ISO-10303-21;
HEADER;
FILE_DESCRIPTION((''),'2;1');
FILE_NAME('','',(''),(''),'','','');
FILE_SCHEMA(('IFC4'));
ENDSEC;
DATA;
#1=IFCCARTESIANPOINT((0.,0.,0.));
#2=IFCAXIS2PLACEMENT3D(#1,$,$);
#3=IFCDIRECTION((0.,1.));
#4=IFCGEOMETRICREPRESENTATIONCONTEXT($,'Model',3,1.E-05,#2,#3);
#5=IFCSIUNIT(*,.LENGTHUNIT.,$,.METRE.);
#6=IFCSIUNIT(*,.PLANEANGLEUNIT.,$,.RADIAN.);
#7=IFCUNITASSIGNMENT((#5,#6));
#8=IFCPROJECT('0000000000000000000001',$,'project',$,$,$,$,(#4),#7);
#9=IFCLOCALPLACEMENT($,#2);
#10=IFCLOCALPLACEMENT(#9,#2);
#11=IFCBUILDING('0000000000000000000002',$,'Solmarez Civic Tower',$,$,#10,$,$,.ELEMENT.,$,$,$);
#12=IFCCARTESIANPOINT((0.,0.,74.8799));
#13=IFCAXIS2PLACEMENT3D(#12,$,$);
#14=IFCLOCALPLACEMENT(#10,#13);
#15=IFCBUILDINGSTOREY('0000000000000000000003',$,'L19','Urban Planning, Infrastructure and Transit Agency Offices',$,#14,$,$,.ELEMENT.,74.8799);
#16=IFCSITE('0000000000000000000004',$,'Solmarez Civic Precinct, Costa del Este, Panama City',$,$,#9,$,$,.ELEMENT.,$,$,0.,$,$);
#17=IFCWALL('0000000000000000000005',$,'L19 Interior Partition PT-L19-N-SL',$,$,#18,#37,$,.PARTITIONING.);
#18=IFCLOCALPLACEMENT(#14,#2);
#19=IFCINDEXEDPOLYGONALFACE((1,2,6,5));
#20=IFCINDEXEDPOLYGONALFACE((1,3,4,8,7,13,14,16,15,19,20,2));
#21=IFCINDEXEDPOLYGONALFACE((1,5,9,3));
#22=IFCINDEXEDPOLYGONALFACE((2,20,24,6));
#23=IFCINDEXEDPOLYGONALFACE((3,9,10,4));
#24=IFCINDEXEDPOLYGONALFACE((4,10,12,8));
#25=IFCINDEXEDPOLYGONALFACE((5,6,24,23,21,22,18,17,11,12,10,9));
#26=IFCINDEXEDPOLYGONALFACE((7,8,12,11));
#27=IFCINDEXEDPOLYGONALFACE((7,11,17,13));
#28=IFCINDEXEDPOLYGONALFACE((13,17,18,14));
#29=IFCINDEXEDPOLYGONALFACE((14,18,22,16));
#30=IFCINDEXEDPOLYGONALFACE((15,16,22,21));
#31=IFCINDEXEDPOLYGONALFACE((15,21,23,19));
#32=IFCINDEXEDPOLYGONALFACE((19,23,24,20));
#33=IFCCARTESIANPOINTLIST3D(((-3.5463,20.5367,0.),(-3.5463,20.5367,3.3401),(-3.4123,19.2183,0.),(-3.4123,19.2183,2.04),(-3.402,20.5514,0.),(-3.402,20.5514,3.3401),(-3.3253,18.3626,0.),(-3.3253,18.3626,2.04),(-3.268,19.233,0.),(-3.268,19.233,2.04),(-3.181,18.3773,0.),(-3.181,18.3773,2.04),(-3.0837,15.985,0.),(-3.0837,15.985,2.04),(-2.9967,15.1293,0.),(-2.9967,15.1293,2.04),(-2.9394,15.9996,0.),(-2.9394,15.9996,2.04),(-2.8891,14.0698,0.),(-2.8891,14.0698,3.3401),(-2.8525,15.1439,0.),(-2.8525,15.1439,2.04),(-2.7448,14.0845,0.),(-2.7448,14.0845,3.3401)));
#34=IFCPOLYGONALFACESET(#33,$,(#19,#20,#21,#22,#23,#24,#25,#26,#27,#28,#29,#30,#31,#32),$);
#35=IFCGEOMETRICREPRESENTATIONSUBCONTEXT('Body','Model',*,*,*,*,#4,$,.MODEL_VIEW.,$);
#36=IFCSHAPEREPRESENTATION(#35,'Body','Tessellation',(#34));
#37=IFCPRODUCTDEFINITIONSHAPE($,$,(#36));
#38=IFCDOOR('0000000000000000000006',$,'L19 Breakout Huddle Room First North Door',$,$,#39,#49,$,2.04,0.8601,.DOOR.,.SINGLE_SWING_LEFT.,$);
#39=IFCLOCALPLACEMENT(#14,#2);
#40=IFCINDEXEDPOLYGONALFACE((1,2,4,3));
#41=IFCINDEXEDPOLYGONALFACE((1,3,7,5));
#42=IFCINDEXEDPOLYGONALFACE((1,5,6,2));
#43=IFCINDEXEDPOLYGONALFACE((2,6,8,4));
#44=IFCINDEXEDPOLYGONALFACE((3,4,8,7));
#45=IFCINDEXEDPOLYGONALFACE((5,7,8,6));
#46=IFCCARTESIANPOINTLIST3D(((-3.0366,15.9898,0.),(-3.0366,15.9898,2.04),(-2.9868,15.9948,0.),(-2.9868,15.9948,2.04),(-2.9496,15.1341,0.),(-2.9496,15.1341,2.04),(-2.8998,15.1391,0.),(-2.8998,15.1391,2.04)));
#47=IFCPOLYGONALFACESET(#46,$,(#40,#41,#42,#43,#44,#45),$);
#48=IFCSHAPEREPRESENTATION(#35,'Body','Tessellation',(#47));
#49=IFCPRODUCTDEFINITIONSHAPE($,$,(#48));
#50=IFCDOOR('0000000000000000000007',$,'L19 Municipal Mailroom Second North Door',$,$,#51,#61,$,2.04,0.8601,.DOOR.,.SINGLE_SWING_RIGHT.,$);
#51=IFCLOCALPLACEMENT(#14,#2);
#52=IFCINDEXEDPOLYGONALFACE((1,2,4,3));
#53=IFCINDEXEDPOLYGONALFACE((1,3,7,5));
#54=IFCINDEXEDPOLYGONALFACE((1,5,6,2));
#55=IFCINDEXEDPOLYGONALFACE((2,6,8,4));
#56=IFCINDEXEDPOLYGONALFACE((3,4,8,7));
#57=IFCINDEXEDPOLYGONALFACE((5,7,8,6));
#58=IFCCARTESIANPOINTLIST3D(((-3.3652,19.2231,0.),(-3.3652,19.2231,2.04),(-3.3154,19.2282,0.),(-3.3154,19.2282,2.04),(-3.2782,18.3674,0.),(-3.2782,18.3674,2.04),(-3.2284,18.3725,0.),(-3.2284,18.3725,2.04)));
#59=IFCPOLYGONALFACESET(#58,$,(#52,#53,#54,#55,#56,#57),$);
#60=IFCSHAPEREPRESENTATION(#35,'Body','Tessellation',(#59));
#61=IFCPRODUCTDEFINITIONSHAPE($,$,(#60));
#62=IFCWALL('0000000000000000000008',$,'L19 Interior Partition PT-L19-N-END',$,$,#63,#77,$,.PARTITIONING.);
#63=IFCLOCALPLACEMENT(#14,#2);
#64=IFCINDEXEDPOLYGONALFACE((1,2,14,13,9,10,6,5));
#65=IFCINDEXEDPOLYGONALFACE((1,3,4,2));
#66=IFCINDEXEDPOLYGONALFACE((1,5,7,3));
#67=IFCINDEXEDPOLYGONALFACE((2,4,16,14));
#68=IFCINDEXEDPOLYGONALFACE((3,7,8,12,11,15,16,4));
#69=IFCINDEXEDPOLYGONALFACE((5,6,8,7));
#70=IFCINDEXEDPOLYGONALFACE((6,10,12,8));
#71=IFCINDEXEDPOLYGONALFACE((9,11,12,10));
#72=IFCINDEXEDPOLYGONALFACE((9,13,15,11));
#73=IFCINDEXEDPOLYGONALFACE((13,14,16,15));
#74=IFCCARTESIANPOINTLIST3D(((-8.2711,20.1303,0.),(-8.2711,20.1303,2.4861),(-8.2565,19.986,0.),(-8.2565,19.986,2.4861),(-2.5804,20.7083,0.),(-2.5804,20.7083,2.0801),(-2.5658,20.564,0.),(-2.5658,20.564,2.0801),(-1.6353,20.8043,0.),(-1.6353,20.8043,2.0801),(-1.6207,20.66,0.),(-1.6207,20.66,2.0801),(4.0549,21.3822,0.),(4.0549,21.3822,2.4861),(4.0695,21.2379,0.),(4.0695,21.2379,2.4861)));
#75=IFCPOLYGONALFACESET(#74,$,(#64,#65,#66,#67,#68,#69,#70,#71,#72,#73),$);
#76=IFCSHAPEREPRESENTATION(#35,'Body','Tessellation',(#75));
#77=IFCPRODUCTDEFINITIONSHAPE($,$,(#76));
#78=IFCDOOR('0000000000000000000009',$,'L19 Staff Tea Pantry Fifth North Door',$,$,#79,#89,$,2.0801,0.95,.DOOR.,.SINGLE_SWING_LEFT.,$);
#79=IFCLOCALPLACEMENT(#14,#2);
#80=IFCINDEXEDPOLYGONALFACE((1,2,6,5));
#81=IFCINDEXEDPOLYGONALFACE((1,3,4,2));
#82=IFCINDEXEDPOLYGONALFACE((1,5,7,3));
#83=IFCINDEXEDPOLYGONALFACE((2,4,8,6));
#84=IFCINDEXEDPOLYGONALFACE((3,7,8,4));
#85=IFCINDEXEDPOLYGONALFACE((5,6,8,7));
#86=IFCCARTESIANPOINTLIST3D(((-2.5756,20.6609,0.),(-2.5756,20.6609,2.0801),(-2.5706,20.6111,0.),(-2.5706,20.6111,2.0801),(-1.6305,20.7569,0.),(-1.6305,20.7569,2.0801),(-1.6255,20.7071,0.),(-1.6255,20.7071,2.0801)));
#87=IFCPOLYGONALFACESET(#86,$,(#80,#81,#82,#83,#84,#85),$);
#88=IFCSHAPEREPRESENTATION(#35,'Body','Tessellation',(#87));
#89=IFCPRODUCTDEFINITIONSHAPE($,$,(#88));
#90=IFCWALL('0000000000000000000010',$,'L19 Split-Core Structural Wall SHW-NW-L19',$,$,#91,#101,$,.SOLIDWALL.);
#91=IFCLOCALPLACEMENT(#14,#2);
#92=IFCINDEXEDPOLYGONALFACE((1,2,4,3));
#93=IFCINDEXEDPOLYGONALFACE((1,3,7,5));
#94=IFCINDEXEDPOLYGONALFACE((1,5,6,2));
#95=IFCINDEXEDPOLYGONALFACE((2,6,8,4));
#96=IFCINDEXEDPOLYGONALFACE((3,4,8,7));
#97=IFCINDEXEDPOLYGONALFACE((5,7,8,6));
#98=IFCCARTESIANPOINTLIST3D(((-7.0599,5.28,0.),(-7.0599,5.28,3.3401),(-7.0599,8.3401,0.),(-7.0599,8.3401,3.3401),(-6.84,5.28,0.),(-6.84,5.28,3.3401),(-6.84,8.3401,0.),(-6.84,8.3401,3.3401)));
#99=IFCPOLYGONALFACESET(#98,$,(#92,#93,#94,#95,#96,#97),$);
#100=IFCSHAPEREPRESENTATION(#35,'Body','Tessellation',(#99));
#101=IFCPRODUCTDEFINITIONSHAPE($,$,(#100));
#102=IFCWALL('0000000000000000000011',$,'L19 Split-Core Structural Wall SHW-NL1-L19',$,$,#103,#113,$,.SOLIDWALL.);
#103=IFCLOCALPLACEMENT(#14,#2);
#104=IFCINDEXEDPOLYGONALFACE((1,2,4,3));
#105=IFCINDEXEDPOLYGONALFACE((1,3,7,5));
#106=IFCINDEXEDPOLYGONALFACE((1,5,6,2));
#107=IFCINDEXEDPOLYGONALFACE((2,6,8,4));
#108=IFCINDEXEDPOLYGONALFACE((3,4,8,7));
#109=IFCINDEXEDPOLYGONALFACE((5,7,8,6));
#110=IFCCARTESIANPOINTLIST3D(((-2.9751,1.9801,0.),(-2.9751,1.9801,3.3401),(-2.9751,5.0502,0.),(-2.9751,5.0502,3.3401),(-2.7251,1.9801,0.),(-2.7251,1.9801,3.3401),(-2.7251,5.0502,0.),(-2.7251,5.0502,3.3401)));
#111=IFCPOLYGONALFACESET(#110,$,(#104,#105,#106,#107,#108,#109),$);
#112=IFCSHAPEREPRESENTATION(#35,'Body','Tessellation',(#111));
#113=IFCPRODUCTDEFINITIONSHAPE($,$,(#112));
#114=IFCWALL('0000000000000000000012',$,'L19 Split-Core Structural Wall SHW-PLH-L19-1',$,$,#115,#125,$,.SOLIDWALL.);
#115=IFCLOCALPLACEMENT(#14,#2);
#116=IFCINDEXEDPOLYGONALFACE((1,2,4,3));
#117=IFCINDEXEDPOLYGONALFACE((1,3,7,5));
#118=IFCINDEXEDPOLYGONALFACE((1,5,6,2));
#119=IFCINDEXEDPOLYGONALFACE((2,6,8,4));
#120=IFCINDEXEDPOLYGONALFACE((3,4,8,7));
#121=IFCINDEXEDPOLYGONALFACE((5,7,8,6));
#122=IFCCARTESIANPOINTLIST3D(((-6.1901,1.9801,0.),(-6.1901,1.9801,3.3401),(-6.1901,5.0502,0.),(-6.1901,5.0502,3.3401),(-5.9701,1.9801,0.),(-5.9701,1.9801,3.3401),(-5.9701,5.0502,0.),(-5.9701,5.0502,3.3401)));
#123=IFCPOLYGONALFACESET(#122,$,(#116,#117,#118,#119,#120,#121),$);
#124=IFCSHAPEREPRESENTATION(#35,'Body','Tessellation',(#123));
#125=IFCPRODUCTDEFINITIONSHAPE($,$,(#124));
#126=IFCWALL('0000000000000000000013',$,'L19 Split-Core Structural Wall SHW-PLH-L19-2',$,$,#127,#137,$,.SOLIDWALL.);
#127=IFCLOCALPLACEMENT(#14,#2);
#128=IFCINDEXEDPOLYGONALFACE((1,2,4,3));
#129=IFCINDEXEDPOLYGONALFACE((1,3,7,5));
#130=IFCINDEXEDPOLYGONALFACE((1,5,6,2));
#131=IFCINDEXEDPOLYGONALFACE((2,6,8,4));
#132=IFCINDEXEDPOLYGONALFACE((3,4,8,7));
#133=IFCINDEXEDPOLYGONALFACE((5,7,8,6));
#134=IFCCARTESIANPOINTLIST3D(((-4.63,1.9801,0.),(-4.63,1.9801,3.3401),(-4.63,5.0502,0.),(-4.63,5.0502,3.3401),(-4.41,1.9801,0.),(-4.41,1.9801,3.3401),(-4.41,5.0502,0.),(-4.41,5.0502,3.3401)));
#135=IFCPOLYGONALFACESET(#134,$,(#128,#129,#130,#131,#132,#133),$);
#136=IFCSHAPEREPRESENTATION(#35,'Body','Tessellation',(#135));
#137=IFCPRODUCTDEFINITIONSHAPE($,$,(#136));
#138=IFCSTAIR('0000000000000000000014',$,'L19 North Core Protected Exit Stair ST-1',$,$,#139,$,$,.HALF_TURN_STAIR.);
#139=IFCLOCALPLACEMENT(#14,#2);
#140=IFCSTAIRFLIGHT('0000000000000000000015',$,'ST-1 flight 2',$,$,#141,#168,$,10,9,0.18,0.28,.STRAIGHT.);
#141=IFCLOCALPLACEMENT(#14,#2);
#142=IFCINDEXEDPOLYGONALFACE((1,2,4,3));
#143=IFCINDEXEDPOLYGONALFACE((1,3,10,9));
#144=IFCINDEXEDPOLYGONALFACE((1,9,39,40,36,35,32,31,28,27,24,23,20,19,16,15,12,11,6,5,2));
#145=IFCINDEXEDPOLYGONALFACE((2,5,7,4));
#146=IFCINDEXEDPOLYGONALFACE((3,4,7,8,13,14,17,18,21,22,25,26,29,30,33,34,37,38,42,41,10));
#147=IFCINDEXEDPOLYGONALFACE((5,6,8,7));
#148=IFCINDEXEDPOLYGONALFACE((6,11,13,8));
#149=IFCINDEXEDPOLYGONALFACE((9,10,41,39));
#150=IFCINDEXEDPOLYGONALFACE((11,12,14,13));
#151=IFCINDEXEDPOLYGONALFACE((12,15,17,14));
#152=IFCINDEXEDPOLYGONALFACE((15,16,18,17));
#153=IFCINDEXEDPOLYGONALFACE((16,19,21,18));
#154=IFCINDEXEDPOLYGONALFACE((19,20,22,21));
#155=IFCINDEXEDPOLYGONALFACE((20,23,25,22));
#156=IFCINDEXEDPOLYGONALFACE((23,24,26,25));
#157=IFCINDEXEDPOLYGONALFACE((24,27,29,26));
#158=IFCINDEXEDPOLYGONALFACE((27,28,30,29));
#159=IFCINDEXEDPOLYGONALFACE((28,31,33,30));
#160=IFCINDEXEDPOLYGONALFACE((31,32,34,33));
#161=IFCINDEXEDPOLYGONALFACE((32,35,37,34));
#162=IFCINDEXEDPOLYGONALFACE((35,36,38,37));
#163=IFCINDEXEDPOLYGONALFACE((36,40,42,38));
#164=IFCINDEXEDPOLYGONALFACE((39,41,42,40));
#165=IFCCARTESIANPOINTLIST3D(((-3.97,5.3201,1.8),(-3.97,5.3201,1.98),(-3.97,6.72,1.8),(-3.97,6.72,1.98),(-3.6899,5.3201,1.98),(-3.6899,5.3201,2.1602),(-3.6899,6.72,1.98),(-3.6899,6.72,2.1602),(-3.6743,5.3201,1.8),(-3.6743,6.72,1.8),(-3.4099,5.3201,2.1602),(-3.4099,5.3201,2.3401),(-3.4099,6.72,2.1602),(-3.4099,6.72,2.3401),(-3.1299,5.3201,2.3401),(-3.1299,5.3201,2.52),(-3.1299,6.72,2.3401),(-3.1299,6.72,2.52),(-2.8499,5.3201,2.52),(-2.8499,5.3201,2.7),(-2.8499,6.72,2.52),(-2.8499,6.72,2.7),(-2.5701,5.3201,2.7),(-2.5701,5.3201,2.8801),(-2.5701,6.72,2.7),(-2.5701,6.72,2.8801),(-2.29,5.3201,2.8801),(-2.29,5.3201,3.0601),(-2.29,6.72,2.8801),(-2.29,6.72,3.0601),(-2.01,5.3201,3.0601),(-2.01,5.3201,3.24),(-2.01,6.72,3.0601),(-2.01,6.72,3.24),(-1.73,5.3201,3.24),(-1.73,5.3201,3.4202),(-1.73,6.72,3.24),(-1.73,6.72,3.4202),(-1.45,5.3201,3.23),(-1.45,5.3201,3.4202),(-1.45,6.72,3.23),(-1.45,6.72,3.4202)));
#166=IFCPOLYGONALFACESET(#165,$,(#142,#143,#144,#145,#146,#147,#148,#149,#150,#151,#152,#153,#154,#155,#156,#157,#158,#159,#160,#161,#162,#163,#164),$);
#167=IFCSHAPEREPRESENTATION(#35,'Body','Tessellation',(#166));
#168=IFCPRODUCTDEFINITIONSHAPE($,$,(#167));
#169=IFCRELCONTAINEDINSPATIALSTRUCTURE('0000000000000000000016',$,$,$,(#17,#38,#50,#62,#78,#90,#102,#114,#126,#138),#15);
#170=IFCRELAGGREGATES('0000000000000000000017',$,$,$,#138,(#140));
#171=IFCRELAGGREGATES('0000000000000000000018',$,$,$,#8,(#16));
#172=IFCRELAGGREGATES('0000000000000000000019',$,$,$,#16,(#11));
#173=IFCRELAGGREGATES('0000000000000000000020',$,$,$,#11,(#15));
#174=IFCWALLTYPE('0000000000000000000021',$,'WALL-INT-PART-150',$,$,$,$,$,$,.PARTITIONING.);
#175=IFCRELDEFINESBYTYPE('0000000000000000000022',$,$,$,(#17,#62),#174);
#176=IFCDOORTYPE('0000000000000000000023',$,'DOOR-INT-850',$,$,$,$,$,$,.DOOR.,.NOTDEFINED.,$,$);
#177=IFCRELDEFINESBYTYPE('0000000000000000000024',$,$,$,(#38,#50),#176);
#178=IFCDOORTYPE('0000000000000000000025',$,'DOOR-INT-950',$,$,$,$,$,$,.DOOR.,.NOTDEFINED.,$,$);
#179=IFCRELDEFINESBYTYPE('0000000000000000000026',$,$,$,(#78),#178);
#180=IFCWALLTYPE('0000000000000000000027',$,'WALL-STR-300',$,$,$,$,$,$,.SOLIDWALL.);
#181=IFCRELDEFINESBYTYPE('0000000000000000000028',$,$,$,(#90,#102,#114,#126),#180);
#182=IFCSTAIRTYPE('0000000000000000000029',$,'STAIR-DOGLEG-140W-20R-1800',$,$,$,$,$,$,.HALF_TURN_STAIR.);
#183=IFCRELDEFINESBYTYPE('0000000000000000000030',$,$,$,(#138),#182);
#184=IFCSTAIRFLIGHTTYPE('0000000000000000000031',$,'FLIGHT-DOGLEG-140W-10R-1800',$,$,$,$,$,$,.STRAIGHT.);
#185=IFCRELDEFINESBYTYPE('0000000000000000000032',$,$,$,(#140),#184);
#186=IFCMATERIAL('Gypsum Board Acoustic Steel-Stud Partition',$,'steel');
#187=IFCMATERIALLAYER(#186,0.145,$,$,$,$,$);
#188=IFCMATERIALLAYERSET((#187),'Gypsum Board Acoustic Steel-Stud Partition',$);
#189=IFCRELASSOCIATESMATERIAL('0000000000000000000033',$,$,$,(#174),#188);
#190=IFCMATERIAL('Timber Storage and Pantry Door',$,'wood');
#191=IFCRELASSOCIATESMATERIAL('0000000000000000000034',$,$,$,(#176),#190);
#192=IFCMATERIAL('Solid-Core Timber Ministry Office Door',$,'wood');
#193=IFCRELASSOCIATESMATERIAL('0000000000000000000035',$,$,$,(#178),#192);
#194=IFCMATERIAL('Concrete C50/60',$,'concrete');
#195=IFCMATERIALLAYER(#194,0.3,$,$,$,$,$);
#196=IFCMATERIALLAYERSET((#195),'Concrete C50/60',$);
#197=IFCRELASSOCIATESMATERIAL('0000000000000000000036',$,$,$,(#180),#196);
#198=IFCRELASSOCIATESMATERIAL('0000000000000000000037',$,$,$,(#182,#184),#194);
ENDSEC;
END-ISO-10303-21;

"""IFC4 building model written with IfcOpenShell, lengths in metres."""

from ifc_helpers import new_model, si_unit, direction, frame, frame_2d, origin, place, context, subcontext, project, spatial, polyline, rectangle, outline, extrude, material, layer, layer_set, type_object, element, fill, aggregate, save


model = new_model("IFC4")

# Units and contexts
model_context = context("Model", 3, precision=1e-05, world=origin(), true_north=direction((0.0, 1.0)))
body_context = subcontext(model_context, "Body", "Model", "MODEL_VIEW")
ifc_project = project(units=[si_unit("LENGTHUNIT", "METRE"), si_unit("PLANEANGLEUNIT", "RADIAN")], contexts=[model_context])

# Site, building, storey
site_placement = place(None, origin())
site = spatial("IfcSite", under=ifc_project, at=site_placement, Name="Solmarez Civic Precinct, Costa del Este, Panama City", CompositionType="ELEMENT", RefElevation=0.0)
building_placement = place(site_placement, origin())
building = spatial("IfcBuilding", under=site, at=building_placement, Name="Solmarez Civic Tower", CompositionType="ELEMENT")
storey_placement = place(building_placement, frame((0.0, 0.0, 74.8799)))
storey = spatial("IfcBuildingStorey", under=building, at=storey_placement, Name="L19", Description="Urban Planning, Infrastructure and Transit Agency Offices", CompositionType="ELEMENT", Elevation=74.8799)

# Shared definitions
ifc_material_1 = material(Name="Gypsum Board Acoustic Steel-Stud Partition", Category="steel")
ifc_layer_1 = layer(ifc_material_1, 0.145)
ifc_layer_set_1 = layer_set([ifc_layer_1], Name="Gypsum Board Acoustic Steel-Stud Partition")
wall_type_1 = type_object("IfcWallType", Name="WALL-INT-PART-150", PredefinedType="PARTITIONING", material=ifc_layer_set_1)

# Wall, openings, doors
wall_1_placement = place(storey_placement, frame((-3.4741, 20.5439, 0.0), z_axis=(0.0, 0.0, 1.0), x_axis=(0.101106, -0.994876, 0.0)))
wall_1 = element("IfcWall", 1, at=wall_1_placement, inside=storey, type_object=wall_type_1, Name="L19 Interior Partition PT-L19-N-SL", PredefinedType="PARTITIONING", context=body_context, shape_type="SweptSolid", body=[
    extrude(rectangle(XDim=6.5002, YDim=0.145, at=frame_2d((3.25, 0.0))), origin(), (0.0, 0.0, 1.0), 3.3401),
])
opening_1_placement = place(wall_1_placement, frame((4.575, 0.0, 0.0)))
opening_1 = element("IfcOpeningElement", 2, at=opening_1_placement, cuts=wall_1, PredefinedType="OPENING", context=body_context, shape_type="SweptSolid", body=[
    extrude(rectangle(XDim=0.8601, YDim=2.04, at=frame_2d((0.4302, 1.02))), frame((0.0, 0.0825, 0.0), z_axis=(0.0, -1.0, 0.0), x_axis=(1.0, 0.0, 0.0)), (0.0, 0.0, 1.0), 0.165),
])
opening_2_placement = place(wall_1_placement, frame((1.325, 0.0, 0.0)))
opening_2 = element("IfcOpeningElement", 3, at=opening_2_placement, cuts=wall_1, PredefinedType="OPENING", context=body_context, shape_type="SweptSolid", body=[
    extrude(rectangle(XDim=0.8601, YDim=2.04, at=frame_2d((0.4302, 1.02))), frame((0.0, 0.0825, 0.0), z_axis=(0.0, -1.0, 0.0), x_axis=(1.0, 0.0, 0.0)), (0.0, 0.0, 1.0), 0.165),
])
ifc_material_2 = material(Name="Timber Storage and Pantry Door", Category="wood")
door_type_1 = type_object("IfcDoorType", Name="DOOR-INT-850", OperationType="NOTDEFINED", PredefinedType="DOOR", material=ifc_material_2)
door_1_placement = place(opening_1_placement, origin())
door_1 = element("IfcDoor", 4, at=door_1_placement, inside=storey, type_object=door_type_1, Name="L19 Breakout Huddle Room First North Door", OperationType="SINGLE_SWING_LEFT", OverallHeight=2.04, OverallWidth=0.8601, PredefinedType="DOOR", context=body_context, shape_type="SweptSolid", body=[
    extrude(rectangle(XDim=0.8601, YDim=2.04, at=frame_2d((0.4302, 1.02))), frame((0.0, 0.0249, 0.0), z_axis=(0.0, -1.0, 0.0), x_axis=(1.0, 0.0, 0.0)), (0.0, 0.0, 1.0), 0.05),
])
fill(opening_1, door_1)
door_2_placement = place(opening_2_placement, origin())
door_2 = element("IfcDoor", 5, at=door_2_placement, inside=storey, type_object=door_type_1, Name="L19 Municipal Mailroom Second North Door", OperationType="SINGLE_SWING_RIGHT", OverallHeight=2.04, OverallWidth=0.8601, PredefinedType="DOOR", context=body_context, shape_type="SweptSolid", body=[
    extrude(rectangle(XDim=0.8601, YDim=2.04, at=frame_2d((0.4302, 1.02))), frame((0.0, 0.0249, 0.0), z_axis=(0.0, -1.0, 0.0), x_axis=(1.0, 0.0, 0.0)), (0.0, 0.0, 1.0), 0.05),
])
fill(opening_2, door_2)

# Wall, opening, door
wall_2_placement = place(storey_placement, frame((-8.2639, 20.0581, 0.0), z_axis=(0.0, 0.0, 1.0), x_axis=(0.994881, 0.101051, 0.0)))
wall_2 = element("IfcWall", 6, at=wall_2_placement, inside=storey, type_object=wall_type_1, Name="L19 Interior Partition PT-L19-N-END", PredefinedType="PARTITIONING", context=body_context, shape_type="SweptSolid", body=[
    extrude(rectangle(XDim=12.3894, YDim=0.145, at=frame_2d((6.1948, 0.0))), origin(), (0.0, 0.0, 1.0), 2.4861),
])
opening_3_placement = place(wall_2_placement, frame((5.72, 0.0, 0.0)))
opening_3 = element("IfcOpeningElement", 7, at=opening_3_placement, cuts=wall_2, PredefinedType="OPENING", context=body_context, shape_type="SweptSolid", body=[
    extrude(rectangle(XDim=0.95, YDim=2.0801, at=frame_2d((0.4751, 1.04))), frame((0.0, 0.0825, 0.0), z_axis=(0.0, -1.0, 0.0), x_axis=(1.0, 0.0, 0.0)), (0.0, 0.0, 1.0), 0.165),
])
ifc_material_3 = material(Name="Solid-Core Timber Ministry Office Door", Category="wood")
door_type_2 = type_object("IfcDoorType", Name="DOOR-INT-950", OperationType="NOTDEFINED", PredefinedType="DOOR", material=ifc_material_3)
door_3_placement = place(opening_3_placement, origin())
door_3 = element("IfcDoor", 8, at=door_3_placement, inside=storey, type_object=door_type_2, Name="L19 Staff Tea Pantry Fifth North Door", OperationType="SINGLE_SWING_LEFT", OverallHeight=2.0801, OverallWidth=0.95, PredefinedType="DOOR", context=body_context, shape_type="SweptSolid", body=[
    extrude(rectangle(XDim=0.95, YDim=2.0801, at=frame_2d((0.4751, 1.04))), frame((0.0, 0.0249, 0.0), z_axis=(0.0, -1.0, 0.0), x_axis=(1.0, 0.0, 0.0)), (0.0, 0.0, 1.0), 0.05),
])
fill(opening_3, door_3)

# Walls
ifc_material_4 = material(Name="Concrete C50/60", Category="concrete")
ifc_layer_2 = layer(ifc_material_4, 0.3)
ifc_layer_set_2 = layer_set([ifc_layer_2], Name="Concrete C50/60")
wall_type_2 = type_object("IfcWallType", Name="WALL-STR-300", PredefinedType="SOLIDWALL", material=ifc_layer_set_2)
wall_3_placement = place(storey_placement, frame((-6.95, 5.28, 0.0), z_axis=(0.0, 0.0, 1.0), x_axis=(0.0, 1.0, 0.0)))
element("IfcWall", 9, at=wall_3_placement, inside=storey, type_object=wall_type_2, Name="L19 Split-Core Structural Wall SHW-NW-L19", PredefinedType="SOLIDWALL", context=body_context, shape_type="SweptSolid", body=[
    extrude(rectangle(XDim=3.0601, YDim=0.22, at=frame_2d((1.53, 0.0))), origin(), (0.0, 0.0, 1.0), 3.3401),
])
wall_4_placement = place(storey_placement, frame((-2.8501, 1.98, 0.0), z_axis=(0.0, 0.0, 1.0), x_axis=(0.0, 1.0, 0.0)))
element("IfcWall", 10, at=wall_4_placement, inside=storey, type_object=wall_type_2, Name="L19 Split-Core Structural Wall SHW-NL1-L19", PredefinedType="SOLIDWALL", context=body_context, shape_type="SweptSolid", body=[
    extrude(rectangle(XDim=3.0701, YDim=0.25, at=frame_2d((1.5352, 0.0))), origin(), (0.0, 0.0, 1.0), 3.3401),
])
for number, where, z_axis, x_axis, name in (
    (11, (-6.0801, 1.98, 0.0), (0.0, 0.0, 1.0), (0.0, 1.0, 0.0), "L19 Split-Core Structural Wall SHW-PLH-L19-1"),
    (12, (-4.52, 1.98, 0.0), (0.0, 0.0, 1.0), (0.0, 1.0, 0.0), "L19 Split-Core Structural Wall SHW-PLH-L19-2"),
):
    element("IfcWall", number, at=place(storey_placement, frame(where, z_axis=z_axis, x_axis=x_axis)), inside=storey, type_object=wall_type_2, Name=name, PredefinedType="SOLIDWALL", context=body_context, shape_type="SweptSolid", body=[
        extrude(rectangle(XDim=3.0701, YDim=0.22, at=frame_2d((1.5352, 0.0))), origin(), (0.0, 0.0, 1.0), 3.3401),
    ])

# Stair, stair flight
stair_type = type_object("IfcStairType", Name="STAIR-DOGLEG-140W-20R-1800", PredefinedType="HALF_TURN_STAIR", material=ifc_material_4)
stair_placement = place(storey_placement, origin())
stair = element("IfcStair", 13, at=stair_placement, inside=storey, type_object=stair_type, Name="L19 North Core Protected Exit Stair ST-1", PredefinedType="HALF_TURN_STAIR")
stair_flight_type = type_object("IfcStairFlightType", Name="FLIGHT-DOGLEG-140W-10R-1800", PredefinedType="STRAIGHT", material=ifc_material_4)
stair_flight_placement = place(storey_placement, frame((-3.97, 6.02, 1.8), z_axis=(0.0, 0.0, 1.0), x_axis=(1.0, 0.0, 0.0)))
stair_flight = element("IfcStairFlight", 14, at=stair_flight_placement, type_object=stair_flight_type, Name="ST-1 flight 2", NumberOfRisers=10, NumberOfTreads=9, PredefinedType="STRAIGHT", RiserHeight=0.18, TreadLength=0.28, context=body_context, shape_type="SweptSolid", body=[
    extrude(outline(polyline([(0.0, 0.0), (0.0, 0.1799), (0.28, 0.1799), (0.28, 0.3601), (0.5601, 0.3601), (0.5601, 0.54), (0.8401, 0.54), (0.8401, 0.72), (1.1201, 0.72), (1.1201, 0.8999), (1.3999, 0.8999), (1.3999, 1.0801), (1.6799, 1.0801), (1.6799, 1.26), (1.96, 1.26), (1.96, 1.4399), (2.24, 1.4399), (2.24, 1.6201), (2.52, 1.6201), (2.52, 1.8), (2.52, 1.4299), (0.2957, 0.0), (0.0, 0.0)])), frame((0.0, 0.7, 0.0), z_axis=(0.0, -1.0, 0.0), x_axis=(1.0, 0.0, 0.0)), (0.0, 0.0, 1.0), 1.3999),
])
aggregate(stair, [stair_flight])

save(model, "model.ifc")
